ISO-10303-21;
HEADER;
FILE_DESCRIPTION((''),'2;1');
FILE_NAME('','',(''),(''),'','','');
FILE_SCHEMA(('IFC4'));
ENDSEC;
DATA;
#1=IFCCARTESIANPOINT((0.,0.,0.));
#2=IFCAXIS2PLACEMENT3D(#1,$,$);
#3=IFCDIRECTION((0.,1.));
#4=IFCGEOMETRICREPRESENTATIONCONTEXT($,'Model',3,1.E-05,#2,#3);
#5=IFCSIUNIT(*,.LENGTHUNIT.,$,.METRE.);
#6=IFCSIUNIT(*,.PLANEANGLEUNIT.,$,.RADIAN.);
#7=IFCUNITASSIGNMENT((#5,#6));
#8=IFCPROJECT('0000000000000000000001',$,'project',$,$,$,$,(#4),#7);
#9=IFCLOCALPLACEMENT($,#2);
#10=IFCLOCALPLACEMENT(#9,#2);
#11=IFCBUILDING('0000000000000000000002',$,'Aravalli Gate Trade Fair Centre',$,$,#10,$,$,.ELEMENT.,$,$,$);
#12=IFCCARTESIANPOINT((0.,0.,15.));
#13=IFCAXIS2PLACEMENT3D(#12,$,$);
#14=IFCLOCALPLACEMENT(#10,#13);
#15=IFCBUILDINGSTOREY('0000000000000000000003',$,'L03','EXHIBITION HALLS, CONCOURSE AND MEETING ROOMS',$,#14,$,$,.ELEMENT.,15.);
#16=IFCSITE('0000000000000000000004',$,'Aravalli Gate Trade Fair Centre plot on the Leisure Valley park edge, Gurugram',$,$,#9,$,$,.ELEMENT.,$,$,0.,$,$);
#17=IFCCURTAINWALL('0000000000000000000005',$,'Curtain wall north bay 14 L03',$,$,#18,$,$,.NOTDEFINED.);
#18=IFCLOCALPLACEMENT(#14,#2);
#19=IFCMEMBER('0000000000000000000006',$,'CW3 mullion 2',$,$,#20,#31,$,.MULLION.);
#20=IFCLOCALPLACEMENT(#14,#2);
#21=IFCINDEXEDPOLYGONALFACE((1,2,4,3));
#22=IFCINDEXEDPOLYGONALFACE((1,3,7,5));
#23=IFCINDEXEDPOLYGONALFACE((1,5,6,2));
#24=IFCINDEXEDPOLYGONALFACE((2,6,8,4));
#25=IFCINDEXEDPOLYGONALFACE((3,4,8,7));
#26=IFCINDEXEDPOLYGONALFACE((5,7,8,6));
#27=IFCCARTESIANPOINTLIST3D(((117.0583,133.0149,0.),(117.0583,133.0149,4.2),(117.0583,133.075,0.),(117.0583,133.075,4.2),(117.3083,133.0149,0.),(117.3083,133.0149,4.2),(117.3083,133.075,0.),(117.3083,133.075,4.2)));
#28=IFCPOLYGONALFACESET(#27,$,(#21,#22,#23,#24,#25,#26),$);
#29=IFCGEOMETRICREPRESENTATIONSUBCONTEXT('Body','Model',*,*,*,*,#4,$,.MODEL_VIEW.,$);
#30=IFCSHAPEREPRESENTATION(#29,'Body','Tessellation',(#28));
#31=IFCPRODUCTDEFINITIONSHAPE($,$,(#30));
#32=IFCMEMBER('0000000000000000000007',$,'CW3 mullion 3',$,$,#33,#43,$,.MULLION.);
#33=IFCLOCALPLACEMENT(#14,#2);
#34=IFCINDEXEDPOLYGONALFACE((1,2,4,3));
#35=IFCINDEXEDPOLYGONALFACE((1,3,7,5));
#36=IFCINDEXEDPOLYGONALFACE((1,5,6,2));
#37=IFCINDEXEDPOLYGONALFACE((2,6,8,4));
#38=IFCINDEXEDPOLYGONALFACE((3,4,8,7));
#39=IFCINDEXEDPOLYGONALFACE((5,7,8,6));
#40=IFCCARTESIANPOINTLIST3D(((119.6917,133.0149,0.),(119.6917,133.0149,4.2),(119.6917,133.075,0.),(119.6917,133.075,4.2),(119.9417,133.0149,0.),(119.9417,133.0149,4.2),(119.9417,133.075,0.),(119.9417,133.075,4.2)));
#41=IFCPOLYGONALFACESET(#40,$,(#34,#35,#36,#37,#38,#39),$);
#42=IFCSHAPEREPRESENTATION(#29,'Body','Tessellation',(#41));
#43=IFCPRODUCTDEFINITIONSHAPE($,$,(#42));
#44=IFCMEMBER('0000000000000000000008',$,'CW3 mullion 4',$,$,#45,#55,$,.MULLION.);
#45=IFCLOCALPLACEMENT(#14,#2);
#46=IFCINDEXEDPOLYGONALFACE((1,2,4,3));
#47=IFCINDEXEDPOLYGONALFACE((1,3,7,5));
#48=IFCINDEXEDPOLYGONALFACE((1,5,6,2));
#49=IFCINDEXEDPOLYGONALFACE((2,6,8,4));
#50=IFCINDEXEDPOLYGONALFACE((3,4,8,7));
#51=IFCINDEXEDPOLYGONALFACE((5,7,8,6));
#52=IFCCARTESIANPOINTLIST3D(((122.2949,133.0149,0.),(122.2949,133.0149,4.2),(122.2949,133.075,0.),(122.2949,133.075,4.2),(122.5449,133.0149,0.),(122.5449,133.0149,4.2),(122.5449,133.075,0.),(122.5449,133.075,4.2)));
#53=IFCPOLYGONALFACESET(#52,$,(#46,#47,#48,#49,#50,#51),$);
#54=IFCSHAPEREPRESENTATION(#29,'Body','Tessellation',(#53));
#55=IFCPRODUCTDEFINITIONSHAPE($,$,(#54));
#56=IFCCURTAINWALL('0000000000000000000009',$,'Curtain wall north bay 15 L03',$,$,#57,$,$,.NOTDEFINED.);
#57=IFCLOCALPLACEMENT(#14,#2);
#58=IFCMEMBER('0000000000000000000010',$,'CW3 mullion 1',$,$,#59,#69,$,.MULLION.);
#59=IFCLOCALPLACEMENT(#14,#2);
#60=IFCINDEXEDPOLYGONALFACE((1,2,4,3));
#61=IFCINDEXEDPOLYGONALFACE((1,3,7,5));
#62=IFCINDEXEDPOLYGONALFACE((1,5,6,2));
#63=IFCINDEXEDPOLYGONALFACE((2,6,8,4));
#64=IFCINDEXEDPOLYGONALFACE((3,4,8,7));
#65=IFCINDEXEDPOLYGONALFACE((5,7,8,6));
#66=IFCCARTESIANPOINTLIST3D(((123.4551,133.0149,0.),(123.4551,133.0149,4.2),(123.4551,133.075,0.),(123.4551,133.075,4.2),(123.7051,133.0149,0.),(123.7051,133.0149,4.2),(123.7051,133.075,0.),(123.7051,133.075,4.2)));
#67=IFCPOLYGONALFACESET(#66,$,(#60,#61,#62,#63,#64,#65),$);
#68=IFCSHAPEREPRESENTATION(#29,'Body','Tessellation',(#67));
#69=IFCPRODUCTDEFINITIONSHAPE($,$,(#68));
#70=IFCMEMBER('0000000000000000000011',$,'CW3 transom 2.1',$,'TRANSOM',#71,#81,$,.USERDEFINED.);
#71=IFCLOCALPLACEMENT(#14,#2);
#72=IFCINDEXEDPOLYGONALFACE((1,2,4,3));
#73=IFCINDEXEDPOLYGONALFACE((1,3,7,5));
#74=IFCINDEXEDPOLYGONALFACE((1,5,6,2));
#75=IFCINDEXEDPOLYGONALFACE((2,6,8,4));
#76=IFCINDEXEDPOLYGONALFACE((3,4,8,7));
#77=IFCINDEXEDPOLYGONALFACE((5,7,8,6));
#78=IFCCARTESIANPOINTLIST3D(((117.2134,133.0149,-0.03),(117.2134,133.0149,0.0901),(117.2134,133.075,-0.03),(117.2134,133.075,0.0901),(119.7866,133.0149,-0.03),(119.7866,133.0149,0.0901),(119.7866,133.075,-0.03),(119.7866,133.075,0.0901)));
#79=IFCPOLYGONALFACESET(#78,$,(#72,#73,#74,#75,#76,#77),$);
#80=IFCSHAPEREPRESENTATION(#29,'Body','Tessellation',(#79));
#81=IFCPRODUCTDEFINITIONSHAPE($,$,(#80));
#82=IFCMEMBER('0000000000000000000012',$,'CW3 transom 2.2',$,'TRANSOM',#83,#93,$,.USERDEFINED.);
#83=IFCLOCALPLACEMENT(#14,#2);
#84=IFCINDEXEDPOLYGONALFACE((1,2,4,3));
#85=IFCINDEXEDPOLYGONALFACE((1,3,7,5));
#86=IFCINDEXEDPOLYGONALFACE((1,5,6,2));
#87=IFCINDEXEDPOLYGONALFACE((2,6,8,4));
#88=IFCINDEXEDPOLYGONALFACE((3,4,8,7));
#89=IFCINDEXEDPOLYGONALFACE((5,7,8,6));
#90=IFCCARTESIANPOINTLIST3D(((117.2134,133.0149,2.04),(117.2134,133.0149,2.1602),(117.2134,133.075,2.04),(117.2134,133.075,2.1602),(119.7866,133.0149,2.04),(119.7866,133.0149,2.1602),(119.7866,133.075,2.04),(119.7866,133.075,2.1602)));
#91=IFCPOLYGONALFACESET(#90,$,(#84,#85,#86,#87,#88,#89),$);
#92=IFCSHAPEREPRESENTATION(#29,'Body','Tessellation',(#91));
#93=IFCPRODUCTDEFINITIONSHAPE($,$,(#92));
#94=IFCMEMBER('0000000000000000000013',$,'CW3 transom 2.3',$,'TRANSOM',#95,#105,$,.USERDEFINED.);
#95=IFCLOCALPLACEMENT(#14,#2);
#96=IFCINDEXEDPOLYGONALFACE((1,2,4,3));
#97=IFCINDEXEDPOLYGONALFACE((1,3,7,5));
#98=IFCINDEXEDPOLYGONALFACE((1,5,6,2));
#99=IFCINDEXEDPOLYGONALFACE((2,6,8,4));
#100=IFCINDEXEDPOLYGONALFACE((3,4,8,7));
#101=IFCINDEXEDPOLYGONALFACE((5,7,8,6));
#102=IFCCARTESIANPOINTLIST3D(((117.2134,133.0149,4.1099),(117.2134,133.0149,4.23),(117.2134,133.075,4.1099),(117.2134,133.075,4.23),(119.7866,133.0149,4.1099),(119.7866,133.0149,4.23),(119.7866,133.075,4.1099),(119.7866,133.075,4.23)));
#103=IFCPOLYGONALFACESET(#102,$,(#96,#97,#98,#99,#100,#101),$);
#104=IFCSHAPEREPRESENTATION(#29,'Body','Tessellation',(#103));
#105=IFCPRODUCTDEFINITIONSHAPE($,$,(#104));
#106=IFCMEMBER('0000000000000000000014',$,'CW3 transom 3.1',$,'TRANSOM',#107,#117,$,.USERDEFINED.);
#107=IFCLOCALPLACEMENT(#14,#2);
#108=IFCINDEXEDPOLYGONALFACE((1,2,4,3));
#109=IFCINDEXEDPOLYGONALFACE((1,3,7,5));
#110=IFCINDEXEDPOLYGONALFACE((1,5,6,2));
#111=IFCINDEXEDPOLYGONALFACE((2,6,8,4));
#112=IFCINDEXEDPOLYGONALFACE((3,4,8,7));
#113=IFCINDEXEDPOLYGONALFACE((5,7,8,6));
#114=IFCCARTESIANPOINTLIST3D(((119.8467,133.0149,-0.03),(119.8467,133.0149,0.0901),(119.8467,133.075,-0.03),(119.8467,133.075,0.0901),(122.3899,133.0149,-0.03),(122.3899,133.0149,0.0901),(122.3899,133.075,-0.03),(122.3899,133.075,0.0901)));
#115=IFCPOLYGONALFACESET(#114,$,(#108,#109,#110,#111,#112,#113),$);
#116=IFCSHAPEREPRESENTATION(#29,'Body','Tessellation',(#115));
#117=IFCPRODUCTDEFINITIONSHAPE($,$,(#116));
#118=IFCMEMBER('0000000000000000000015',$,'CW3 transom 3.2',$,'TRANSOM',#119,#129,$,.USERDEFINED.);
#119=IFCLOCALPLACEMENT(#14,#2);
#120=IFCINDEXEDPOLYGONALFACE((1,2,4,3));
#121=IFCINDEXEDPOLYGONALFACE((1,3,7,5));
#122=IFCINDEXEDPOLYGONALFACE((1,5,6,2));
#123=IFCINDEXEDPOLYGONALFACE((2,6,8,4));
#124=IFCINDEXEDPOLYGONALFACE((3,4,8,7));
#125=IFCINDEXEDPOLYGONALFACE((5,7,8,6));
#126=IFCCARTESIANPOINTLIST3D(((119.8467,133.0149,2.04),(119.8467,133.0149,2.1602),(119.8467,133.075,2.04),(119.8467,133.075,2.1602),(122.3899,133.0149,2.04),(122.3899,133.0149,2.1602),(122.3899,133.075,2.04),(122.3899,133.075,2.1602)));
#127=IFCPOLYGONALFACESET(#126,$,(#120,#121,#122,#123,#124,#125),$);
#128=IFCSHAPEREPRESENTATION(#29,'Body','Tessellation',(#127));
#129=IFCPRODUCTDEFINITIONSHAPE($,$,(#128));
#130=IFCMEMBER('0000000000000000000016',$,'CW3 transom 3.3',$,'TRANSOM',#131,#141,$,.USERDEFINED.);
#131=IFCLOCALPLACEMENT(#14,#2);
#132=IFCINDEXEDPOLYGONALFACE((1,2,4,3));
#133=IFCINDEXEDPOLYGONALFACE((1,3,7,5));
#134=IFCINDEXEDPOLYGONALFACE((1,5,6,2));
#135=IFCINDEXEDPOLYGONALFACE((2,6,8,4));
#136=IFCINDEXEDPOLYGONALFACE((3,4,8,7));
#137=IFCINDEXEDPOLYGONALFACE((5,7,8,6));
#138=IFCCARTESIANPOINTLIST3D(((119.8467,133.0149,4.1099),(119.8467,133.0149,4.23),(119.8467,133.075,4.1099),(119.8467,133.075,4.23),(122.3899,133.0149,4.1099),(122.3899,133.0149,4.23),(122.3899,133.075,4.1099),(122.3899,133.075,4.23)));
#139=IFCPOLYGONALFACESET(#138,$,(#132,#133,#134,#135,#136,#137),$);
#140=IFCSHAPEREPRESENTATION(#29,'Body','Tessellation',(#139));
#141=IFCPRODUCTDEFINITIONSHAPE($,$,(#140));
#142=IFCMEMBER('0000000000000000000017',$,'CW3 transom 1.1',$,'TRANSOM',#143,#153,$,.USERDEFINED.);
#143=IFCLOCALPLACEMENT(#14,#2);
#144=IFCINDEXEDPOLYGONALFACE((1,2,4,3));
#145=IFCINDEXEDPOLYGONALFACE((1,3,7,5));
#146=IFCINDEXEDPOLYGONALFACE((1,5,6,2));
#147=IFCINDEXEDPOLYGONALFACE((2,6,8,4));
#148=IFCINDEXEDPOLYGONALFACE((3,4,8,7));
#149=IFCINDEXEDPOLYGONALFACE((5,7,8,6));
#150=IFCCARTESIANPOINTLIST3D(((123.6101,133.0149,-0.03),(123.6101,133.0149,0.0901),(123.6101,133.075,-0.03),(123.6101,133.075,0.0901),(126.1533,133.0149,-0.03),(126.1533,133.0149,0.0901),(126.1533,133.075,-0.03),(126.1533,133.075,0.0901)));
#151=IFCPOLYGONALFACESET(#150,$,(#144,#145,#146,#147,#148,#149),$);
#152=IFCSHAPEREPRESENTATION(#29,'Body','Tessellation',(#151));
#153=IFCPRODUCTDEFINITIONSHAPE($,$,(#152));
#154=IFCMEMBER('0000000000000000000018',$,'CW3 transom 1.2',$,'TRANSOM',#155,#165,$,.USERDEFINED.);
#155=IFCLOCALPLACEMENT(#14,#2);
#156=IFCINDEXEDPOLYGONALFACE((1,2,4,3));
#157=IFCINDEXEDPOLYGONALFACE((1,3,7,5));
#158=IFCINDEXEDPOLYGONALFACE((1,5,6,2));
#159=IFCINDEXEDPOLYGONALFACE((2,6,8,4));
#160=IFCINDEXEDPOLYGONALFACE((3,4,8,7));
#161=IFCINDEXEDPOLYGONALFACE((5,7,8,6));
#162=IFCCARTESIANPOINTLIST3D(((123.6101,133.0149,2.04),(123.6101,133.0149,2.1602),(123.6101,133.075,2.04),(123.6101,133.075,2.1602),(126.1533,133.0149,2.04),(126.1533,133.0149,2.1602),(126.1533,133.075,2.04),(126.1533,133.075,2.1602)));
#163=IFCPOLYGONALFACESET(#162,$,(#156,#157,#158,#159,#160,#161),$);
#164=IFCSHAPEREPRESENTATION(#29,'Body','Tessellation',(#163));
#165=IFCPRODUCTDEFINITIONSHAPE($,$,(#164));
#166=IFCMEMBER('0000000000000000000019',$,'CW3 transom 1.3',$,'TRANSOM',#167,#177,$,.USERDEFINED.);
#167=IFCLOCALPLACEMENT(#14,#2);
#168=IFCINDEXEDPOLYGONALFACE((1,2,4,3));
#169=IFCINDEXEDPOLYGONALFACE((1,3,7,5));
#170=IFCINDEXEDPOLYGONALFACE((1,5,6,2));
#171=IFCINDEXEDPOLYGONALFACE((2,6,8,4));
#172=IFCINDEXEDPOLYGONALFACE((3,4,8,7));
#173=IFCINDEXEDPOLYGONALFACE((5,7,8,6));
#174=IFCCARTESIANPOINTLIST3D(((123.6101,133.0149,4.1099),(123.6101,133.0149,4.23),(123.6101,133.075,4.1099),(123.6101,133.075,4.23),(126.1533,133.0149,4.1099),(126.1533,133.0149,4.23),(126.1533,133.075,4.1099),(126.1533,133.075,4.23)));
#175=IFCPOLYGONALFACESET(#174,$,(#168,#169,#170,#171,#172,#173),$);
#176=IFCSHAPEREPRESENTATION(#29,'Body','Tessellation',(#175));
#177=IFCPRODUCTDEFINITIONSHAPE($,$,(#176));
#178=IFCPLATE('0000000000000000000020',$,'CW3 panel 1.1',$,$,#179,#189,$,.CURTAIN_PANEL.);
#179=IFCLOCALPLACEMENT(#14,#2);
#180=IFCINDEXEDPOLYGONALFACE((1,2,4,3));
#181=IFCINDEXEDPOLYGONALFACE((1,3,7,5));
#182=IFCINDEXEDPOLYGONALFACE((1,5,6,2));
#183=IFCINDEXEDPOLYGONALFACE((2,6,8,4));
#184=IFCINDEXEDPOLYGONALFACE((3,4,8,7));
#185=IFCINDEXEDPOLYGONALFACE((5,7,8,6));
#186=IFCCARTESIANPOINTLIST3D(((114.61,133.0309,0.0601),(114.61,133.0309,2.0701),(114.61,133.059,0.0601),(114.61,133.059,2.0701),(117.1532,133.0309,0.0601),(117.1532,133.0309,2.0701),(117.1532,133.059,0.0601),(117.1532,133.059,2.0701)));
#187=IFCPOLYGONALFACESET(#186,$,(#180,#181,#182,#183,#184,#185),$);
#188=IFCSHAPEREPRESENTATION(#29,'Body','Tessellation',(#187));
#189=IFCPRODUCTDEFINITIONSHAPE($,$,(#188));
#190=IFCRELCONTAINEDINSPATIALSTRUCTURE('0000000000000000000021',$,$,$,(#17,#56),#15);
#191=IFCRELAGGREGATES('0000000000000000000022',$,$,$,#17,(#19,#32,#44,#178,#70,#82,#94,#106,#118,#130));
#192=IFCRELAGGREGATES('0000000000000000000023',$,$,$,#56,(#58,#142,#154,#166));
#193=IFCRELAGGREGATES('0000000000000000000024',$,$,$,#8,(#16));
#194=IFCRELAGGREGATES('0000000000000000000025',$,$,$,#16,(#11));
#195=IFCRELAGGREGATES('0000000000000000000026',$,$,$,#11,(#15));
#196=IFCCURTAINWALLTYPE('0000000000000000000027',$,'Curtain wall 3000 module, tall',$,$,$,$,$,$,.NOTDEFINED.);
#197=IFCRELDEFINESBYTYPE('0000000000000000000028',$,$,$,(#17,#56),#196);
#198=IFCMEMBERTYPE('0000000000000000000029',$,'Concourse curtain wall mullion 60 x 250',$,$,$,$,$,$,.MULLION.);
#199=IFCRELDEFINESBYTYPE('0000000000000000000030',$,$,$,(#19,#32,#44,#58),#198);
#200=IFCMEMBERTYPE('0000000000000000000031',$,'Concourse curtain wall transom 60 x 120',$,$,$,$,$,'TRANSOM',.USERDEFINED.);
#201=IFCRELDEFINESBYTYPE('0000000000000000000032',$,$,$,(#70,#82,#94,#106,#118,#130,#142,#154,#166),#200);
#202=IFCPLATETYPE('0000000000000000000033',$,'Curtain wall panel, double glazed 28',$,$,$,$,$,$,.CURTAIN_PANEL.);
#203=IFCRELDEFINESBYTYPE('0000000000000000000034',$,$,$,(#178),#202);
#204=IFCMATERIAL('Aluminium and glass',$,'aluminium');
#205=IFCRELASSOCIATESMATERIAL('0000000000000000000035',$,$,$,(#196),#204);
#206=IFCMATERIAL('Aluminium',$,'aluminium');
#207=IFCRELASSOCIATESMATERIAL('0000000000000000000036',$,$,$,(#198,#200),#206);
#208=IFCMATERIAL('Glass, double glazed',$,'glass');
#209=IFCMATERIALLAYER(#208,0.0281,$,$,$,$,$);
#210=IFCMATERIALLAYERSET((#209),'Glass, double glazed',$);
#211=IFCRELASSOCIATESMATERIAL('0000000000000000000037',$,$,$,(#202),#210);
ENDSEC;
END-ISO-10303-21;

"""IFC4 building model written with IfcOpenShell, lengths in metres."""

from ifc_helpers import new_model, si_unit, direction, frame, origin, origin_2d, place, context, subcontext, project, spatial, rectangle, extrude, material, layer, layer_set, material_profile, profile_set, type_object, element, aggregate, save


model = new_model("IFC4")

# Units and contexts
model_context = context("Model", 3, precision=1e-05, world=origin(), true_north=direction((0.0, 1.0)))
body_context = subcontext(model_context, "Body", "Model", "MODEL_VIEW")
ifc_project = project(units=[si_unit("LENGTHUNIT", "METRE"), si_unit("PLANEANGLEUNIT", "RADIAN")], contexts=[model_context])

# Site, building, storey
site_placement = place(None, origin())
site = spatial("IfcSite", under=ifc_project, at=site_placement, Name="Aravalli Gate Trade Fair Centre plot on the Leisure Valley park edge, Gurugram", CompositionType="ELEMENT", RefElevation=0.0)
building_placement = place(site_placement, origin())
building = spatial("IfcBuilding", under=site, at=building_placement, Name="Aravalli Gate Trade Fair Centre", CompositionType="ELEMENT")
storey_placement = place(building_placement, frame((0.0, 0.0, 15.0)))
storey = spatial("IfcBuildingStorey", under=building, at=storey_placement, Name="L03", Description="EXHIBITION HALLS, CONCOURSE AND MEETING ROOMS", CompositionType="ELEMENT", Elevation=15.0)

# Curtain wall, members
ifc_material_1 = material(Name="Aluminium and glass", Category="aluminium")
curtain_wall_type = type_object("IfcCurtainWallType", Name="Curtain wall 3000 module, tall", PredefinedType="NOTDEFINED", material=ifc_material_1)
curtain_wall_1_placement = place(storey_placement, origin())
curtain_wall_1 = element("IfcCurtainWall", 1, at=curtain_wall_1_placement, inside=storey, type_object=curtain_wall_type, Name="Curtain wall north bay 14 L03", PredefinedType="NOTDEFINED")
ifc_material_2 = material(Name="Aluminium", Category="aluminium")
ifc_material_profile_1 = material_profile(ifc_material_2, rectangle(XDim=0.0601, YDim=0.25, at=origin_2d()), Name="Concourse curtain wall mullion 60 x 250")
ifc_profile_set_1 = profile_set([ifc_material_profile_1], Name="Aluminium")
member_type_1 = type_object("IfcMemberType", Name="Concourse curtain wall mullion 60 x 250", PredefinedType="MULLION", material=ifc_profile_set_1)
member_1_placement = place(storey_placement, frame((117.1833, 133.0449, 0.0), z_axis=(0.0, 0.0, 1.0), x_axis=(0.0, 1.0, 0.0)))
member_1 = element("IfcMember", 2, at=member_1_placement, type_object=member_type_1, Name="CW3 mullion 2", PredefinedType="MULLION", context=body_context, shape_type="SweptSolid", body=[
    extrude(rectangle(XDim=0.0601, YDim=0.25, at=origin_2d()), origin(), (0.0, 0.0, 1.0), 4.2),
])
member_2_placement = place(storey_placement, frame((119.8167, 133.0449, 0.0), z_axis=(0.0, 0.0, 1.0), x_axis=(0.0, 1.0, 0.0)))
member_2 = element("IfcMember", 3, at=member_2_placement, type_object=member_type_1, Name="CW3 mullion 3", PredefinedType="MULLION", context=body_context, shape_type="SweptSolid", body=[
    extrude(rectangle(XDim=0.0601, YDim=0.25, at=origin_2d()), origin(), (0.0, 0.0, 1.0), 4.2),
])
member_3_placement = place(storey_placement, frame((122.4199, 133.0449, 0.0), z_axis=(0.0, 0.0, 1.0), x_axis=(0.0, 1.0, 0.0)))
member_3 = element("IfcMember", 4, at=member_3_placement, type_object=member_type_1, Name="CW3 mullion 4", PredefinedType="MULLION", context=body_context, shape_type="SweptSolid", body=[
    extrude(rectangle(XDim=0.0601, YDim=0.25, at=origin_2d()), origin(), (0.0, 0.0, 1.0), 4.2),
])

# Curtain wall, member
curtain_wall_2_placement = place(storey_placement, origin())
curtain_wall_2 = element("IfcCurtainWall", 5, at=curtain_wall_2_placement, inside=storey, type_object=curtain_wall_type, Name="Curtain wall north bay 15 L03", PredefinedType="NOTDEFINED")
member_4_placement = place(storey_placement, frame((123.5801, 133.0449, 0.0), z_axis=(0.0, 0.0, 1.0), x_axis=(0.0, 1.0, 0.0)))
member_4 = element("IfcMember", 6, at=member_4_placement, type_object=member_type_1, Name="CW3 mullion 1", PredefinedType="MULLION", context=body_context, shape_type="SweptSolid", body=[
    extrude(rectangle(XDim=0.0601, YDim=0.25, at=origin_2d()), origin(), (0.0, 0.0, 1.0), 4.2),
])

# Members
ifc_material_profile_2 = material_profile(ifc_material_2, rectangle(XDim=0.0601, YDim=0.1201, at=origin_2d()), Name="Concourse curtain wall transom 60 x 120")
ifc_profile_set_2 = profile_set([ifc_material_profile_2], Name="Aluminium")
member_type_2 = type_object("IfcMemberType", Name="Concourse curtain wall transom 60 x 120", ElementType="TRANSOM", PredefinedType="USERDEFINED", material=ifc_profile_set_2)
member_5_placement = place(storey_placement, frame((117.2134, 133.0449, 0.03), z_axis=(1.0, 0.0, 0.0), x_axis=(0.0, 1.0, 0.0)))
member_5 = element("IfcMember", 7, at=member_5_placement, type_object=member_type_2, Name="CW3 transom 2.1", ObjectType="TRANSOM", PredefinedType="USERDEFINED", context=body_context, shape_type="SweptSolid", body=[
    extrude(rectangle(XDim=0.0601, YDim=0.1201, at=origin_2d()), origin(), (0.0, 0.0, 1.0), 2.5732),
])
member_6_placement = place(storey_placement, frame((117.2134, 133.0449, 2.1001), z_axis=(1.0, 0.0, 0.0), x_axis=(0.0, 1.0, 0.0)))
member_6 = element("IfcMember", 8, at=member_6_placement, type_object=member_type_2, Name="CW3 transom 2.2", ObjectType="TRANSOM", PredefinedType="USERDEFINED", context=body_context, shape_type="SweptSolid", body=[
    extrude(rectangle(XDim=0.0601, YDim=0.1201, at=origin_2d()), origin(), (0.0, 0.0, 1.0), 2.5732),
])
member_7_placement = place(storey_placement, frame((117.2134, 133.0449, 4.1699), z_axis=(1.0, 0.0, 0.0), x_axis=(0.0, 1.0, 0.0)))
member_7 = element("IfcMember", 9, at=member_7_placement, type_object=member_type_2, Name="CW3 transom 2.3", ObjectType="TRANSOM", PredefinedType="USERDEFINED", context=body_context, shape_type="SweptSolid", body=[
    extrude(rectangle(XDim=0.0601, YDim=0.1201, at=origin_2d()), origin(), (0.0, 0.0, 1.0), 2.5732),
])
member_8_placement = place(storey_placement, frame((119.8467, 133.0449, 0.03), z_axis=(1.0, 0.0, 0.0), x_axis=(0.0, 1.0, 0.0)))
member_8 = element("IfcMember", 10, at=member_8_placement, type_object=member_type_2, Name="CW3 transom 3.1", ObjectType="TRANSOM", PredefinedType="USERDEFINED", context=body_context, shape_type="SweptSolid", body=[
    extrude(rectangle(XDim=0.0601, YDim=0.1201, at=origin_2d()), origin(), (0.0, 0.0, 1.0), 2.5432),
])
member_9_placement = place(storey_placement, frame((119.8467, 133.0449, 2.1001), z_axis=(1.0, 0.0, 0.0), x_axis=(0.0, 1.0, 0.0)))
member_9 = element("IfcMember", 11, at=member_9_placement, type_object=member_type_2, Name="CW3 transom 3.2", ObjectType="TRANSOM", PredefinedType="USERDEFINED", context=body_context, shape_type="SweptSolid", body=[
    extrude(rectangle(XDim=0.0601, YDim=0.1201, at=origin_2d()), origin(), (0.0, 0.0, 1.0), 2.5432),
])
member_10_placement = place(storey_placement, frame((119.8467, 133.0449, 4.1699), z_axis=(1.0, 0.0, 0.0), x_axis=(0.0, 1.0, 0.0)))
member_10 = element("IfcMember", 12, at=member_10_placement, type_object=member_type_2, Name="CW3 transom 3.3", ObjectType="TRANSOM", PredefinedType="USERDEFINED", context=body_context, shape_type="SweptSolid", body=[
    extrude(rectangle(XDim=0.0601, YDim=0.1201, at=origin_2d()), origin(), (0.0, 0.0, 1.0), 2.5432),
])
member_11_placement = place(storey_placement, frame((123.6101, 133.0449, 0.03), z_axis=(1.0, 0.0, 0.0), x_axis=(0.0, 1.0, 0.0)))
member_11 = element("IfcMember", 13, at=member_11_placement, type_object=member_type_2, Name="CW3 transom 1.1", ObjectType="TRANSOM", PredefinedType="USERDEFINED", context=body_context, shape_type="SweptSolid", body=[
    extrude(rectangle(XDim=0.0601, YDim=0.1201, at=origin_2d()), origin(), (0.0, 0.0, 1.0), 2.5432),
])
member_12_placement = place(storey_placement, frame((123.6101, 133.0449, 2.1001), z_axis=(1.0, 0.0, 0.0), x_axis=(0.0, 1.0, 0.0)))
member_12 = element("IfcMember", 14, at=member_12_placement, type_object=member_type_2, Name="CW3 transom 1.2", ObjectType="TRANSOM", PredefinedType="USERDEFINED", context=body_context, shape_type="SweptSolid", body=[
    extrude(rectangle(XDim=0.0601, YDim=0.1201, at=origin_2d()), origin(), (0.0, 0.0, 1.0), 2.5432),
])
member_13_placement = place(storey_placement, frame((123.6101, 133.0449, 4.1699), z_axis=(1.0, 0.0, 0.0), x_axis=(0.0, 1.0, 0.0)))
member_13 = element("IfcMember", 15, at=member_13_placement, type_object=member_type_2, Name="CW3 transom 1.3", ObjectType="TRANSOM", PredefinedType="USERDEFINED", context=body_context, shape_type="SweptSolid", body=[
    extrude(rectangle(XDim=0.0601, YDim=0.1201, at=origin_2d()), origin(), (0.0, 0.0, 1.0), 2.5432),
])

# Plate
ifc_material_3 = material(Name="Glass, double glazed", Category="glass")
ifc_layer = layer(ifc_material_3, 0.0281)
ifc_layer_set = layer_set([ifc_layer], Name="Glass, double glazed")
plate_type = type_object("IfcPlateType", Name="Curtain wall panel, double glazed 28", PredefinedType="CURTAIN_PANEL", material=ifc_layer_set)
plate_1_placement = place(storey_placement, frame((115.8816, 133.0449, 0.0601), z_axis=(0.0, 0.0, 1.0), x_axis=(1.0, 0.0, 0.0)))
plate_1 = element("IfcPlate", 16, at=plate_1_placement, type_object=plate_type, Name="CW3 panel 1.1", PredefinedType="CURTAIN_PANEL", context=body_context, shape_type="SweptSolid", body=[
    extrude(rectangle(XDim=2.5432, YDim=0.0281, at=origin_2d()), origin(), (0.0, 0.0, 1.0), 2.01),
])
aggregate(curtain_wall_1, [member_1, member_2, member_3, plate_1, member_5, member_6, member_7, member_8, member_9, member_10])
aggregate(curtain_wall_2, [member_4, member_11, member_12, member_13])

save(model, "model.ifc")
